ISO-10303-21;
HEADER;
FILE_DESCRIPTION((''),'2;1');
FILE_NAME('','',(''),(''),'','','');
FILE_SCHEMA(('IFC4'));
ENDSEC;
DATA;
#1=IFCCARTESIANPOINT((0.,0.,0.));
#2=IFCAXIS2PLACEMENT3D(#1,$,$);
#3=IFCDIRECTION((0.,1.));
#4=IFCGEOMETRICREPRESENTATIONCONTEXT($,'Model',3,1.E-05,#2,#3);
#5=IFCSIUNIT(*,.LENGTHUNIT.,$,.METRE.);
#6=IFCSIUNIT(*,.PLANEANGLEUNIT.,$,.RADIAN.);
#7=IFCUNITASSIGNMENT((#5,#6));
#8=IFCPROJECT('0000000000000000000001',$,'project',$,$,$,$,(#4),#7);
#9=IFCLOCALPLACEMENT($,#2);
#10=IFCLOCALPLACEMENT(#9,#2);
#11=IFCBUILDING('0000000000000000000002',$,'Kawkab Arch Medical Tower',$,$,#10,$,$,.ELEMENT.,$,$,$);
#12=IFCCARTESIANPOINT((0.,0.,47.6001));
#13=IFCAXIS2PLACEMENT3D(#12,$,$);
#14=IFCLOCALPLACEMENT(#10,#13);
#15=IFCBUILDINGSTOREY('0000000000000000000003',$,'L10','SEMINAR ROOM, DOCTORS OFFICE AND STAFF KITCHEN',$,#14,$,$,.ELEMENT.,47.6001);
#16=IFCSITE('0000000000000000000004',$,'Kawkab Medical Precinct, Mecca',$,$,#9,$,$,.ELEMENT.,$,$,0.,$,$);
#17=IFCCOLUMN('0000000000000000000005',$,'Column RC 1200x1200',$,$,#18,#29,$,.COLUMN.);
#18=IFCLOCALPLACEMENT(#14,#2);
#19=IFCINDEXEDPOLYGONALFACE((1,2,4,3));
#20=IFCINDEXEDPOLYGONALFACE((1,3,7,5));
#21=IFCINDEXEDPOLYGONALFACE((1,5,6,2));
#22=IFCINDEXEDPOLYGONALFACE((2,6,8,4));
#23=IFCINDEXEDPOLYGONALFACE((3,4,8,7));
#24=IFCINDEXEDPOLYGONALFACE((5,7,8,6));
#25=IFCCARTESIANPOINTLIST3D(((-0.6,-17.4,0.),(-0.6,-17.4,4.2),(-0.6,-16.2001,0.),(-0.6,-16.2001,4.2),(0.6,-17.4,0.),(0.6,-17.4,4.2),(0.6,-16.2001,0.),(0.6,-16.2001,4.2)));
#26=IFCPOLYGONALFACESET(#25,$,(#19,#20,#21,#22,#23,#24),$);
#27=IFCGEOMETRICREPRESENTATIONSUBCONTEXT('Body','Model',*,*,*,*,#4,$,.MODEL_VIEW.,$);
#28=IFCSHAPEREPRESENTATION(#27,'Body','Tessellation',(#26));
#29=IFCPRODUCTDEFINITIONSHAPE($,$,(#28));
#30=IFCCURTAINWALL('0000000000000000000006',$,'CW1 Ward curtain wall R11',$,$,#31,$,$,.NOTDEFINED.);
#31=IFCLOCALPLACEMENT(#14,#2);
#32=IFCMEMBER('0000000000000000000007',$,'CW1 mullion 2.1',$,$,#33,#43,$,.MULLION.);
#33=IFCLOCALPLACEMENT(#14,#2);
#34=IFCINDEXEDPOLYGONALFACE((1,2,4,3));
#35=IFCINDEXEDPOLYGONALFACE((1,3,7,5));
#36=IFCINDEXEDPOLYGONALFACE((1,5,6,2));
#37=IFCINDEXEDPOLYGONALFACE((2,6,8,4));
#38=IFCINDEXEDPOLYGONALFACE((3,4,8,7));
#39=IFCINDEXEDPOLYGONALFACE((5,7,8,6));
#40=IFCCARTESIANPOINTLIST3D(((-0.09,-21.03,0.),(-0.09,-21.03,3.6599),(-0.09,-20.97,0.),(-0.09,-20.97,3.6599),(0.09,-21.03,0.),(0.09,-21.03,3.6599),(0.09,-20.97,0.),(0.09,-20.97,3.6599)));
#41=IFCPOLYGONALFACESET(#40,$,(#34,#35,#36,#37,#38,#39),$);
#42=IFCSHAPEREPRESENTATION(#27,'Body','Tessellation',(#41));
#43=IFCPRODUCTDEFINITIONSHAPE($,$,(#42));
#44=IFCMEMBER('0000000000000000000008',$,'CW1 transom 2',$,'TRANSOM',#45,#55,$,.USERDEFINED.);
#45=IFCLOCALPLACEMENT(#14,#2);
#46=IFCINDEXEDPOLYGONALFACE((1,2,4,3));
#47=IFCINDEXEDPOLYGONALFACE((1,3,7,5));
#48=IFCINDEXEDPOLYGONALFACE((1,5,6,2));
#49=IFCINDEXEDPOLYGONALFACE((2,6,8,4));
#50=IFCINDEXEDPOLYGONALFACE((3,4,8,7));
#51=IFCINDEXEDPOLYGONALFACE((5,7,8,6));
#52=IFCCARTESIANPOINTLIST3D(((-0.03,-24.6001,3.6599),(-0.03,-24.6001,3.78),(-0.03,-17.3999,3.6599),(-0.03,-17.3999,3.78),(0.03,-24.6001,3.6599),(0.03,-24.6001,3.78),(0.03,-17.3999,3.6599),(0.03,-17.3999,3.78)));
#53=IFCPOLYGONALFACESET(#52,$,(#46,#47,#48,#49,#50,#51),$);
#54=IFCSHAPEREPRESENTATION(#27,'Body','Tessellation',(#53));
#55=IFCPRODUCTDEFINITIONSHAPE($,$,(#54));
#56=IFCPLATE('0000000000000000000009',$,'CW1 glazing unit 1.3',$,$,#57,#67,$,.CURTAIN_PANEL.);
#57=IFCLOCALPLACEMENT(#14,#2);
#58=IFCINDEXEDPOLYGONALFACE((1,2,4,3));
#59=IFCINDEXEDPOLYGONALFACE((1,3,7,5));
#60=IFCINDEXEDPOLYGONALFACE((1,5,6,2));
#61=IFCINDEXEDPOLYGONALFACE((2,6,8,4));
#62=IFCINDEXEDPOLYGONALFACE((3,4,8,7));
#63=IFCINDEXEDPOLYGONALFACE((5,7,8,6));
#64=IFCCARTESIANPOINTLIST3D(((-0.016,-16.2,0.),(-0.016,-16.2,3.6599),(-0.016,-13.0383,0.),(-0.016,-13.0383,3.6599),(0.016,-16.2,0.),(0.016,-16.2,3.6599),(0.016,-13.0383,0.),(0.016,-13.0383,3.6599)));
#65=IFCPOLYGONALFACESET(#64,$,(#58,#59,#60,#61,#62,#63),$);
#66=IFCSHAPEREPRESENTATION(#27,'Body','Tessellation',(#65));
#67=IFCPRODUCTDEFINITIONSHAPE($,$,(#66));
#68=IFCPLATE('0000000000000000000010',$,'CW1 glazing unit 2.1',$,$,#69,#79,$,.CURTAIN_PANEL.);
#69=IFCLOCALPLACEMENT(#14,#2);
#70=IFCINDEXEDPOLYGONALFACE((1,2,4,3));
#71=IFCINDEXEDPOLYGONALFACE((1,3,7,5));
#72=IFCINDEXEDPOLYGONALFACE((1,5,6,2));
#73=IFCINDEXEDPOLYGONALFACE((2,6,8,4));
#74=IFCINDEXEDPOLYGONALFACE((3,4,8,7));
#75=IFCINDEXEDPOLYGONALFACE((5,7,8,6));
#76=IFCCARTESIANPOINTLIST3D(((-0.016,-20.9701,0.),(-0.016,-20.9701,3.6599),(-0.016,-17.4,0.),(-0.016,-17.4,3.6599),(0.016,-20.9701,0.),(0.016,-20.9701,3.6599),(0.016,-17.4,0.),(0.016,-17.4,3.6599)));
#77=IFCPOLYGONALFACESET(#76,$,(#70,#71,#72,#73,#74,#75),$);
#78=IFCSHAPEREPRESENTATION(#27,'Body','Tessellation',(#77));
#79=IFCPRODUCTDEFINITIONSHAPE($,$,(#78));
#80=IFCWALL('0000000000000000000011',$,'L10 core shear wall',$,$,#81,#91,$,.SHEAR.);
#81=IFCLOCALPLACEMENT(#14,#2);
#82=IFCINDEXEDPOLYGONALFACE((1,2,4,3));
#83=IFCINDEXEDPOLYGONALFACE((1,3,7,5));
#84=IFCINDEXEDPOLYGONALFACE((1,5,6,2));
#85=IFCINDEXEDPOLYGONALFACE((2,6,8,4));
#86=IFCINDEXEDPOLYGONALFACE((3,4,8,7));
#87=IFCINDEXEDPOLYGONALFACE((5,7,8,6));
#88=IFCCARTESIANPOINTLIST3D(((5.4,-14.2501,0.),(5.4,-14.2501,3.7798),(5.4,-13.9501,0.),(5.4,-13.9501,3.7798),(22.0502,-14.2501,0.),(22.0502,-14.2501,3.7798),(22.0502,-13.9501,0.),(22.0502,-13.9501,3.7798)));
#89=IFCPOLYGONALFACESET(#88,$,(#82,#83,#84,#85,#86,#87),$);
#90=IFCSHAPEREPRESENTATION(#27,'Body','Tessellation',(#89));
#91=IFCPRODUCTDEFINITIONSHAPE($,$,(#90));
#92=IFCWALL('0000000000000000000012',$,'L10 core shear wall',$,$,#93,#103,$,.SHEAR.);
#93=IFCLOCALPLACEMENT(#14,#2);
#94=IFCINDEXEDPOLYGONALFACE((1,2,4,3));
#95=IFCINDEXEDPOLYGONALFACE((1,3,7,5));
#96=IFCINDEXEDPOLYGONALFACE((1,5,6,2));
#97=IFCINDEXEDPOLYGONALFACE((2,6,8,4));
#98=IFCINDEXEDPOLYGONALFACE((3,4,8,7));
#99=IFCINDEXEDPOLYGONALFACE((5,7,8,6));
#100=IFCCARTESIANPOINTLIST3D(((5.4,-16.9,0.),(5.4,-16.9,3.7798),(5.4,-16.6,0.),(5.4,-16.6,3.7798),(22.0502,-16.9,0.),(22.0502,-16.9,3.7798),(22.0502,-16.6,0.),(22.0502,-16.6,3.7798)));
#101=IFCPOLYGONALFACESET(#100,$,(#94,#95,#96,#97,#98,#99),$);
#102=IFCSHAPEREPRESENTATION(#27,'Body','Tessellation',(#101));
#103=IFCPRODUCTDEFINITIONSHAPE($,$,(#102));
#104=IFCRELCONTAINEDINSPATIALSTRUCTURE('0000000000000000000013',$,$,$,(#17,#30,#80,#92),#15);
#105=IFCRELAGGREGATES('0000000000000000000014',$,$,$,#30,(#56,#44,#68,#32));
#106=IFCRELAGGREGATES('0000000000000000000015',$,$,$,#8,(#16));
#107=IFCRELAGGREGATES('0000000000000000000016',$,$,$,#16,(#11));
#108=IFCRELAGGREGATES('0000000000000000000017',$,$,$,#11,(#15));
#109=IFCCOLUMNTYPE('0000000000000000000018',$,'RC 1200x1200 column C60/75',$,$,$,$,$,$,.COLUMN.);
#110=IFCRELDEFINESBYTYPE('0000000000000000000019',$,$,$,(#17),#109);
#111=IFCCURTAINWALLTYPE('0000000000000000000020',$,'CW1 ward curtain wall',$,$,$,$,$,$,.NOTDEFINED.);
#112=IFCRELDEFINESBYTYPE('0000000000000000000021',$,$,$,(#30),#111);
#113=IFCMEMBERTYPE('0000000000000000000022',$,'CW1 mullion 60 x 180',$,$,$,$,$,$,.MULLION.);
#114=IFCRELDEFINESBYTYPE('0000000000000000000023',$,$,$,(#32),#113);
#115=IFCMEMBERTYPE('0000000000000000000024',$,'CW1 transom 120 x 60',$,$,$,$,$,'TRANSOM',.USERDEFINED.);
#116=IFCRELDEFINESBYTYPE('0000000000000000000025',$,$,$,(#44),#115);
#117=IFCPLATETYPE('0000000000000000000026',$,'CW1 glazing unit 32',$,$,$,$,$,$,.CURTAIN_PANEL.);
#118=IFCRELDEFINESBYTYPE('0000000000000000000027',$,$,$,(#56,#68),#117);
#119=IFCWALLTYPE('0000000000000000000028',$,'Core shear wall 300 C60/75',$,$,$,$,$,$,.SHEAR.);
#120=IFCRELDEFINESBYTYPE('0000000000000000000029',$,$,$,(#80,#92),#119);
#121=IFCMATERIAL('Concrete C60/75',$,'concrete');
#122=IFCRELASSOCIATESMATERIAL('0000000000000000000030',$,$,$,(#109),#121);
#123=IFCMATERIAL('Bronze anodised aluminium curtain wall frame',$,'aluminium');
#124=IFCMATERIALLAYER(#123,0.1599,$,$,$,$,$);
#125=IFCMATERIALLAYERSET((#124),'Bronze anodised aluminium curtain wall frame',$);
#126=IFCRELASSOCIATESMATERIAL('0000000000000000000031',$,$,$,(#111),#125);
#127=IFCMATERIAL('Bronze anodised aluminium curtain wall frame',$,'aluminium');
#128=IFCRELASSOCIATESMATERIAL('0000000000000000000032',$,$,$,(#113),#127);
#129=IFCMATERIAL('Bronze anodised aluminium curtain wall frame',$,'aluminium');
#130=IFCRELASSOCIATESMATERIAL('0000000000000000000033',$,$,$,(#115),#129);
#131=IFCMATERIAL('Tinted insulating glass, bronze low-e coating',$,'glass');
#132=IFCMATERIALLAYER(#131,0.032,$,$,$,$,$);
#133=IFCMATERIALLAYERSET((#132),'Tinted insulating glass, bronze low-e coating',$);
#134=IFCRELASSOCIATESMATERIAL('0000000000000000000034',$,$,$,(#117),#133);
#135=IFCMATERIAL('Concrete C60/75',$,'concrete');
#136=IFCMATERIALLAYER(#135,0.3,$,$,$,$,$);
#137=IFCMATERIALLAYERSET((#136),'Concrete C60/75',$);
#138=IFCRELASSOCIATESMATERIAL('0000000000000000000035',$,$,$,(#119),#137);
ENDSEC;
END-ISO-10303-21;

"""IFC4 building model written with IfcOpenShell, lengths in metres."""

from ifc_helpers import new_model, si_unit, direction, frame, frame_2d, origin, origin_2d, place, context, subcontext, project, spatial, rectangle, extrude, material, layer, layer_set, material_profile, profile_set, type_object, element, aggregate, save


model = new_model("IFC4")

# Units and contexts
model_context = context("Model", 3, precision=1e-05, world=origin(), true_north=direction((0.0, 1.0)))
body_context = subcontext(model_context, "Body", "Model", "MODEL_VIEW")
ifc_project = project(units=[si_unit("LENGTHUNIT", "METRE"), si_unit("PLANEANGLEUNIT", "RADIAN")], contexts=[model_context])

# Site, building, storey
site_placement = place(None, origin())
site = spatial("IfcSite", under=ifc_project, at=site_placement, Name="Kawkab Medical Precinct, Mecca", CompositionType="ELEMENT", RefElevation=0.0)
building_placement = place(site_placement, origin())
building = spatial("IfcBuilding", under=site, at=building_placement, Name="Kawkab Arch Medical Tower", CompositionType="ELEMENT")
storey_placement = place(building_placement, frame((0.0, 0.0, 47.6001)))
storey = spatial("IfcBuildingStorey", under=building, at=storey_placement, Name="L10", Description="SEMINAR ROOM, DOCTORS OFFICE AND STAFF KITCHEN", CompositionType="ELEMENT", Elevation=47.6001)

# Column
ifc_material_1 = material(Name="Concrete C60/75", Category="concrete")
ifc_material_profile_1 = material_profile(ifc_material_1, rectangle(XDim=1.2, YDim=1.2, at=origin_2d()), Name="RC 1200x1200")
ifc_profile_set_1 = profile_set([ifc_material_profile_1], Name="Concrete C60/75")
column_type = type_object("IfcColumnType", Name="RC 1200x1200 column C60/75", PredefinedType="COLUMN", material=ifc_profile_set_1)
column_placement = place(storey_placement, frame((0.0, -16.8, 0.0), z_axis=(0.0, 0.0, 1.0), x_axis=(1.0, 0.0, 0.0)))
element("IfcColumn", 1, at=column_placement, inside=storey, type_object=column_type, Name="Column RC 1200x1200", PredefinedType="COLUMN", context=body_context, shape_type="SweptSolid", body=[
    extrude(rectangle(XDim=1.2, YDim=1.2, at=origin_2d()), origin(), (0.0, 0.0, 1.0), 4.2),
])

# Curtain wall, members, plates
ifc_material_2 = material(Name="Bronze anodised aluminium curtain wall frame", Category="aluminium")
ifc_layer_1 = layer(ifc_material_2, 0.1599)
ifc_layer_set_1 = layer_set([ifc_layer_1], Name="Bronze anodised aluminium curtain wall frame")
curtain_wall_type = type_object("IfcCurtainWallType", Name="CW1 ward curtain wall", PredefinedType="NOTDEFINED", material=ifc_layer_set_1)
placement = place(storey_placement, origin())
curtain_wall = element("IfcCurtainWall", 2, at=placement, inside=storey, type_object=curtain_wall_type, Name="CW1 Ward curtain wall R11", PredefinedType="NOTDEFINED")
ifc_material_3 = material(Name="Bronze anodised aluminium curtain wall frame", Category="aluminium")
ifc_material_profile_2 = material_profile(ifc_material_3, rectangle(XDim=0.1799, YDim=0.0601, at=origin_2d()), Name="AL 60x180")
ifc_profile_set_2 = profile_set([ifc_material_profile_2], Name="Bronze anodised aluminium curtain wall frame")
member_type_1 = type_object("IfcMemberType", Name="CW1 mullion 60 x 180", PredefinedType="MULLION", material=ifc_profile_set_2)
member_1_placement = place(storey_placement, frame((0.0, -21.0, 0.0), z_axis=(0.0, 0.0, 1.0), x_axis=(1.0, 0.0, 0.0)))
member_1 = element("IfcMember", 3, at=member_1_placement, type_object=member_type_1, Name="CW1 mullion 2.1", PredefinedType="MULLION", context=body_context, shape_type="SweptSolid", body=[
    extrude(rectangle(XDim=0.1799, YDim=0.0601, at=origin_2d()), origin(), (0.0, 0.0, 1.0), 3.6599),
])
ifc_material_4 = material(Name="Bronze anodised aluminium curtain wall frame", Category="aluminium")
ifc_material_profile_3 = material_profile(ifc_material_4, rectangle(XDim=0.0601, YDim=0.1201, at=origin_2d()), Name="AL 60x120")
ifc_profile_set_3 = profile_set([ifc_material_profile_3], Name="Bronze anodised aluminium curtain wall frame")
member_type_2 = type_object("IfcMemberType", Name="CW1 transom 120 x 60", ElementType="TRANSOM", PredefinedType="USERDEFINED", material=ifc_profile_set_3)
member_2_placement = place(storey_placement, frame((0.0, -17.3999, 3.72), z_axis=(0.0, -1.0, 0.0), x_axis=(1.0, 0.0, 0.0)))
member_2 = element("IfcMember", 4, at=member_2_placement, type_object=member_type_2, Name="CW1 transom 2", ObjectType="TRANSOM", PredefinedType="USERDEFINED", context=body_context, shape_type="SweptSolid", body=[
    extrude(rectangle(XDim=0.0601, YDim=0.1201, at=origin_2d()), origin(), (0.0, 0.0, 1.0), 7.2002),
])
ifc_material_5 = material(Name="Tinted insulating glass, bronze low-e coating", Category="glass")
ifc_layer_2 = layer(ifc_material_5, 0.032)
ifc_layer_set_2 = layer_set([ifc_layer_2], Name="Tinted insulating glass, bronze low-e coating")
plate_type = type_object("IfcPlateType", Name="CW1 glazing unit 32", PredefinedType="CURTAIN_PANEL", material=ifc_layer_set_2)
plate_1_placement = place(storey_placement, frame((0.0, -14.6191, 0.0), z_axis=(0.0, 0.0, 1.0), x_axis=(0.0, -1.0, 0.0)))
plate_1 = element("IfcPlate", 5, at=plate_1_placement, type_object=plate_type, Name="CW1 glazing unit 1.3", PredefinedType="CURTAIN_PANEL", context=body_context, shape_type="SweptSolid", body=[
    extrude(rectangle(XDim=3.1616, YDim=0.032, at=origin_2d()), origin(), (0.0, 0.0, 1.0), 3.6599),
])
plate_2_placement = place(storey_placement, frame((0.0, -19.1851, 0.0), z_axis=(0.0, 0.0, 1.0), x_axis=(0.0, -1.0, 0.0)))
plate_2 = element("IfcPlate", 6, at=plate_2_placement, type_object=plate_type, Name="CW1 glazing unit 2.1", PredefinedType="CURTAIN_PANEL", context=body_context, shape_type="SweptSolid", body=[
    extrude(rectangle(XDim=3.5701, YDim=0.032, at=origin_2d()), origin(), (0.0, 0.0, 1.0), 3.6599),
])
aggregate(curtain_wall, [plate_1, member_2, plate_2, member_1])

# Walls
ifc_material_6 = material(Name="Concrete C60/75", Category="concrete")
ifc_layer_3 = layer(ifc_material_6, 0.3)
ifc_layer_set_3 = layer_set([ifc_layer_3], Name="Concrete C60/75")
wall_type_1 = type_object("IfcWallType", Name="Core shear wall 300 C60/75", PredefinedType="SHEAR", material=ifc_layer_set_3)
for number, where, z_axis, x_axis, name in (
    (7, (5.3999, -14.1001, 0.0), (0.0, 0.0, 1.0), (1.0, 0.0, 0.0), "L10 core shear wall"),
    (8, (5.3999, -16.75, 0.0), (0.0, 0.0, 1.0), (1.0, 0.0, 0.0), "L10 core shear wall"),
):
    element("IfcWall", number, at=place(storey_placement, frame(where, z_axis=z_axis, x_axis=x_axis)), inside=storey, type_object=wall_type_1, Name=name, PredefinedType="SHEAR", context=body_context, shape_type="SweptSolid", body=[
        extrude(rectangle(XDim=16.6501, YDim=0.3, at=frame_2d((8.3252, 0.0))), origin(), (0.0, 0.0, 1.0), 3.7798),
    ])

save(model, "model.ifc")
